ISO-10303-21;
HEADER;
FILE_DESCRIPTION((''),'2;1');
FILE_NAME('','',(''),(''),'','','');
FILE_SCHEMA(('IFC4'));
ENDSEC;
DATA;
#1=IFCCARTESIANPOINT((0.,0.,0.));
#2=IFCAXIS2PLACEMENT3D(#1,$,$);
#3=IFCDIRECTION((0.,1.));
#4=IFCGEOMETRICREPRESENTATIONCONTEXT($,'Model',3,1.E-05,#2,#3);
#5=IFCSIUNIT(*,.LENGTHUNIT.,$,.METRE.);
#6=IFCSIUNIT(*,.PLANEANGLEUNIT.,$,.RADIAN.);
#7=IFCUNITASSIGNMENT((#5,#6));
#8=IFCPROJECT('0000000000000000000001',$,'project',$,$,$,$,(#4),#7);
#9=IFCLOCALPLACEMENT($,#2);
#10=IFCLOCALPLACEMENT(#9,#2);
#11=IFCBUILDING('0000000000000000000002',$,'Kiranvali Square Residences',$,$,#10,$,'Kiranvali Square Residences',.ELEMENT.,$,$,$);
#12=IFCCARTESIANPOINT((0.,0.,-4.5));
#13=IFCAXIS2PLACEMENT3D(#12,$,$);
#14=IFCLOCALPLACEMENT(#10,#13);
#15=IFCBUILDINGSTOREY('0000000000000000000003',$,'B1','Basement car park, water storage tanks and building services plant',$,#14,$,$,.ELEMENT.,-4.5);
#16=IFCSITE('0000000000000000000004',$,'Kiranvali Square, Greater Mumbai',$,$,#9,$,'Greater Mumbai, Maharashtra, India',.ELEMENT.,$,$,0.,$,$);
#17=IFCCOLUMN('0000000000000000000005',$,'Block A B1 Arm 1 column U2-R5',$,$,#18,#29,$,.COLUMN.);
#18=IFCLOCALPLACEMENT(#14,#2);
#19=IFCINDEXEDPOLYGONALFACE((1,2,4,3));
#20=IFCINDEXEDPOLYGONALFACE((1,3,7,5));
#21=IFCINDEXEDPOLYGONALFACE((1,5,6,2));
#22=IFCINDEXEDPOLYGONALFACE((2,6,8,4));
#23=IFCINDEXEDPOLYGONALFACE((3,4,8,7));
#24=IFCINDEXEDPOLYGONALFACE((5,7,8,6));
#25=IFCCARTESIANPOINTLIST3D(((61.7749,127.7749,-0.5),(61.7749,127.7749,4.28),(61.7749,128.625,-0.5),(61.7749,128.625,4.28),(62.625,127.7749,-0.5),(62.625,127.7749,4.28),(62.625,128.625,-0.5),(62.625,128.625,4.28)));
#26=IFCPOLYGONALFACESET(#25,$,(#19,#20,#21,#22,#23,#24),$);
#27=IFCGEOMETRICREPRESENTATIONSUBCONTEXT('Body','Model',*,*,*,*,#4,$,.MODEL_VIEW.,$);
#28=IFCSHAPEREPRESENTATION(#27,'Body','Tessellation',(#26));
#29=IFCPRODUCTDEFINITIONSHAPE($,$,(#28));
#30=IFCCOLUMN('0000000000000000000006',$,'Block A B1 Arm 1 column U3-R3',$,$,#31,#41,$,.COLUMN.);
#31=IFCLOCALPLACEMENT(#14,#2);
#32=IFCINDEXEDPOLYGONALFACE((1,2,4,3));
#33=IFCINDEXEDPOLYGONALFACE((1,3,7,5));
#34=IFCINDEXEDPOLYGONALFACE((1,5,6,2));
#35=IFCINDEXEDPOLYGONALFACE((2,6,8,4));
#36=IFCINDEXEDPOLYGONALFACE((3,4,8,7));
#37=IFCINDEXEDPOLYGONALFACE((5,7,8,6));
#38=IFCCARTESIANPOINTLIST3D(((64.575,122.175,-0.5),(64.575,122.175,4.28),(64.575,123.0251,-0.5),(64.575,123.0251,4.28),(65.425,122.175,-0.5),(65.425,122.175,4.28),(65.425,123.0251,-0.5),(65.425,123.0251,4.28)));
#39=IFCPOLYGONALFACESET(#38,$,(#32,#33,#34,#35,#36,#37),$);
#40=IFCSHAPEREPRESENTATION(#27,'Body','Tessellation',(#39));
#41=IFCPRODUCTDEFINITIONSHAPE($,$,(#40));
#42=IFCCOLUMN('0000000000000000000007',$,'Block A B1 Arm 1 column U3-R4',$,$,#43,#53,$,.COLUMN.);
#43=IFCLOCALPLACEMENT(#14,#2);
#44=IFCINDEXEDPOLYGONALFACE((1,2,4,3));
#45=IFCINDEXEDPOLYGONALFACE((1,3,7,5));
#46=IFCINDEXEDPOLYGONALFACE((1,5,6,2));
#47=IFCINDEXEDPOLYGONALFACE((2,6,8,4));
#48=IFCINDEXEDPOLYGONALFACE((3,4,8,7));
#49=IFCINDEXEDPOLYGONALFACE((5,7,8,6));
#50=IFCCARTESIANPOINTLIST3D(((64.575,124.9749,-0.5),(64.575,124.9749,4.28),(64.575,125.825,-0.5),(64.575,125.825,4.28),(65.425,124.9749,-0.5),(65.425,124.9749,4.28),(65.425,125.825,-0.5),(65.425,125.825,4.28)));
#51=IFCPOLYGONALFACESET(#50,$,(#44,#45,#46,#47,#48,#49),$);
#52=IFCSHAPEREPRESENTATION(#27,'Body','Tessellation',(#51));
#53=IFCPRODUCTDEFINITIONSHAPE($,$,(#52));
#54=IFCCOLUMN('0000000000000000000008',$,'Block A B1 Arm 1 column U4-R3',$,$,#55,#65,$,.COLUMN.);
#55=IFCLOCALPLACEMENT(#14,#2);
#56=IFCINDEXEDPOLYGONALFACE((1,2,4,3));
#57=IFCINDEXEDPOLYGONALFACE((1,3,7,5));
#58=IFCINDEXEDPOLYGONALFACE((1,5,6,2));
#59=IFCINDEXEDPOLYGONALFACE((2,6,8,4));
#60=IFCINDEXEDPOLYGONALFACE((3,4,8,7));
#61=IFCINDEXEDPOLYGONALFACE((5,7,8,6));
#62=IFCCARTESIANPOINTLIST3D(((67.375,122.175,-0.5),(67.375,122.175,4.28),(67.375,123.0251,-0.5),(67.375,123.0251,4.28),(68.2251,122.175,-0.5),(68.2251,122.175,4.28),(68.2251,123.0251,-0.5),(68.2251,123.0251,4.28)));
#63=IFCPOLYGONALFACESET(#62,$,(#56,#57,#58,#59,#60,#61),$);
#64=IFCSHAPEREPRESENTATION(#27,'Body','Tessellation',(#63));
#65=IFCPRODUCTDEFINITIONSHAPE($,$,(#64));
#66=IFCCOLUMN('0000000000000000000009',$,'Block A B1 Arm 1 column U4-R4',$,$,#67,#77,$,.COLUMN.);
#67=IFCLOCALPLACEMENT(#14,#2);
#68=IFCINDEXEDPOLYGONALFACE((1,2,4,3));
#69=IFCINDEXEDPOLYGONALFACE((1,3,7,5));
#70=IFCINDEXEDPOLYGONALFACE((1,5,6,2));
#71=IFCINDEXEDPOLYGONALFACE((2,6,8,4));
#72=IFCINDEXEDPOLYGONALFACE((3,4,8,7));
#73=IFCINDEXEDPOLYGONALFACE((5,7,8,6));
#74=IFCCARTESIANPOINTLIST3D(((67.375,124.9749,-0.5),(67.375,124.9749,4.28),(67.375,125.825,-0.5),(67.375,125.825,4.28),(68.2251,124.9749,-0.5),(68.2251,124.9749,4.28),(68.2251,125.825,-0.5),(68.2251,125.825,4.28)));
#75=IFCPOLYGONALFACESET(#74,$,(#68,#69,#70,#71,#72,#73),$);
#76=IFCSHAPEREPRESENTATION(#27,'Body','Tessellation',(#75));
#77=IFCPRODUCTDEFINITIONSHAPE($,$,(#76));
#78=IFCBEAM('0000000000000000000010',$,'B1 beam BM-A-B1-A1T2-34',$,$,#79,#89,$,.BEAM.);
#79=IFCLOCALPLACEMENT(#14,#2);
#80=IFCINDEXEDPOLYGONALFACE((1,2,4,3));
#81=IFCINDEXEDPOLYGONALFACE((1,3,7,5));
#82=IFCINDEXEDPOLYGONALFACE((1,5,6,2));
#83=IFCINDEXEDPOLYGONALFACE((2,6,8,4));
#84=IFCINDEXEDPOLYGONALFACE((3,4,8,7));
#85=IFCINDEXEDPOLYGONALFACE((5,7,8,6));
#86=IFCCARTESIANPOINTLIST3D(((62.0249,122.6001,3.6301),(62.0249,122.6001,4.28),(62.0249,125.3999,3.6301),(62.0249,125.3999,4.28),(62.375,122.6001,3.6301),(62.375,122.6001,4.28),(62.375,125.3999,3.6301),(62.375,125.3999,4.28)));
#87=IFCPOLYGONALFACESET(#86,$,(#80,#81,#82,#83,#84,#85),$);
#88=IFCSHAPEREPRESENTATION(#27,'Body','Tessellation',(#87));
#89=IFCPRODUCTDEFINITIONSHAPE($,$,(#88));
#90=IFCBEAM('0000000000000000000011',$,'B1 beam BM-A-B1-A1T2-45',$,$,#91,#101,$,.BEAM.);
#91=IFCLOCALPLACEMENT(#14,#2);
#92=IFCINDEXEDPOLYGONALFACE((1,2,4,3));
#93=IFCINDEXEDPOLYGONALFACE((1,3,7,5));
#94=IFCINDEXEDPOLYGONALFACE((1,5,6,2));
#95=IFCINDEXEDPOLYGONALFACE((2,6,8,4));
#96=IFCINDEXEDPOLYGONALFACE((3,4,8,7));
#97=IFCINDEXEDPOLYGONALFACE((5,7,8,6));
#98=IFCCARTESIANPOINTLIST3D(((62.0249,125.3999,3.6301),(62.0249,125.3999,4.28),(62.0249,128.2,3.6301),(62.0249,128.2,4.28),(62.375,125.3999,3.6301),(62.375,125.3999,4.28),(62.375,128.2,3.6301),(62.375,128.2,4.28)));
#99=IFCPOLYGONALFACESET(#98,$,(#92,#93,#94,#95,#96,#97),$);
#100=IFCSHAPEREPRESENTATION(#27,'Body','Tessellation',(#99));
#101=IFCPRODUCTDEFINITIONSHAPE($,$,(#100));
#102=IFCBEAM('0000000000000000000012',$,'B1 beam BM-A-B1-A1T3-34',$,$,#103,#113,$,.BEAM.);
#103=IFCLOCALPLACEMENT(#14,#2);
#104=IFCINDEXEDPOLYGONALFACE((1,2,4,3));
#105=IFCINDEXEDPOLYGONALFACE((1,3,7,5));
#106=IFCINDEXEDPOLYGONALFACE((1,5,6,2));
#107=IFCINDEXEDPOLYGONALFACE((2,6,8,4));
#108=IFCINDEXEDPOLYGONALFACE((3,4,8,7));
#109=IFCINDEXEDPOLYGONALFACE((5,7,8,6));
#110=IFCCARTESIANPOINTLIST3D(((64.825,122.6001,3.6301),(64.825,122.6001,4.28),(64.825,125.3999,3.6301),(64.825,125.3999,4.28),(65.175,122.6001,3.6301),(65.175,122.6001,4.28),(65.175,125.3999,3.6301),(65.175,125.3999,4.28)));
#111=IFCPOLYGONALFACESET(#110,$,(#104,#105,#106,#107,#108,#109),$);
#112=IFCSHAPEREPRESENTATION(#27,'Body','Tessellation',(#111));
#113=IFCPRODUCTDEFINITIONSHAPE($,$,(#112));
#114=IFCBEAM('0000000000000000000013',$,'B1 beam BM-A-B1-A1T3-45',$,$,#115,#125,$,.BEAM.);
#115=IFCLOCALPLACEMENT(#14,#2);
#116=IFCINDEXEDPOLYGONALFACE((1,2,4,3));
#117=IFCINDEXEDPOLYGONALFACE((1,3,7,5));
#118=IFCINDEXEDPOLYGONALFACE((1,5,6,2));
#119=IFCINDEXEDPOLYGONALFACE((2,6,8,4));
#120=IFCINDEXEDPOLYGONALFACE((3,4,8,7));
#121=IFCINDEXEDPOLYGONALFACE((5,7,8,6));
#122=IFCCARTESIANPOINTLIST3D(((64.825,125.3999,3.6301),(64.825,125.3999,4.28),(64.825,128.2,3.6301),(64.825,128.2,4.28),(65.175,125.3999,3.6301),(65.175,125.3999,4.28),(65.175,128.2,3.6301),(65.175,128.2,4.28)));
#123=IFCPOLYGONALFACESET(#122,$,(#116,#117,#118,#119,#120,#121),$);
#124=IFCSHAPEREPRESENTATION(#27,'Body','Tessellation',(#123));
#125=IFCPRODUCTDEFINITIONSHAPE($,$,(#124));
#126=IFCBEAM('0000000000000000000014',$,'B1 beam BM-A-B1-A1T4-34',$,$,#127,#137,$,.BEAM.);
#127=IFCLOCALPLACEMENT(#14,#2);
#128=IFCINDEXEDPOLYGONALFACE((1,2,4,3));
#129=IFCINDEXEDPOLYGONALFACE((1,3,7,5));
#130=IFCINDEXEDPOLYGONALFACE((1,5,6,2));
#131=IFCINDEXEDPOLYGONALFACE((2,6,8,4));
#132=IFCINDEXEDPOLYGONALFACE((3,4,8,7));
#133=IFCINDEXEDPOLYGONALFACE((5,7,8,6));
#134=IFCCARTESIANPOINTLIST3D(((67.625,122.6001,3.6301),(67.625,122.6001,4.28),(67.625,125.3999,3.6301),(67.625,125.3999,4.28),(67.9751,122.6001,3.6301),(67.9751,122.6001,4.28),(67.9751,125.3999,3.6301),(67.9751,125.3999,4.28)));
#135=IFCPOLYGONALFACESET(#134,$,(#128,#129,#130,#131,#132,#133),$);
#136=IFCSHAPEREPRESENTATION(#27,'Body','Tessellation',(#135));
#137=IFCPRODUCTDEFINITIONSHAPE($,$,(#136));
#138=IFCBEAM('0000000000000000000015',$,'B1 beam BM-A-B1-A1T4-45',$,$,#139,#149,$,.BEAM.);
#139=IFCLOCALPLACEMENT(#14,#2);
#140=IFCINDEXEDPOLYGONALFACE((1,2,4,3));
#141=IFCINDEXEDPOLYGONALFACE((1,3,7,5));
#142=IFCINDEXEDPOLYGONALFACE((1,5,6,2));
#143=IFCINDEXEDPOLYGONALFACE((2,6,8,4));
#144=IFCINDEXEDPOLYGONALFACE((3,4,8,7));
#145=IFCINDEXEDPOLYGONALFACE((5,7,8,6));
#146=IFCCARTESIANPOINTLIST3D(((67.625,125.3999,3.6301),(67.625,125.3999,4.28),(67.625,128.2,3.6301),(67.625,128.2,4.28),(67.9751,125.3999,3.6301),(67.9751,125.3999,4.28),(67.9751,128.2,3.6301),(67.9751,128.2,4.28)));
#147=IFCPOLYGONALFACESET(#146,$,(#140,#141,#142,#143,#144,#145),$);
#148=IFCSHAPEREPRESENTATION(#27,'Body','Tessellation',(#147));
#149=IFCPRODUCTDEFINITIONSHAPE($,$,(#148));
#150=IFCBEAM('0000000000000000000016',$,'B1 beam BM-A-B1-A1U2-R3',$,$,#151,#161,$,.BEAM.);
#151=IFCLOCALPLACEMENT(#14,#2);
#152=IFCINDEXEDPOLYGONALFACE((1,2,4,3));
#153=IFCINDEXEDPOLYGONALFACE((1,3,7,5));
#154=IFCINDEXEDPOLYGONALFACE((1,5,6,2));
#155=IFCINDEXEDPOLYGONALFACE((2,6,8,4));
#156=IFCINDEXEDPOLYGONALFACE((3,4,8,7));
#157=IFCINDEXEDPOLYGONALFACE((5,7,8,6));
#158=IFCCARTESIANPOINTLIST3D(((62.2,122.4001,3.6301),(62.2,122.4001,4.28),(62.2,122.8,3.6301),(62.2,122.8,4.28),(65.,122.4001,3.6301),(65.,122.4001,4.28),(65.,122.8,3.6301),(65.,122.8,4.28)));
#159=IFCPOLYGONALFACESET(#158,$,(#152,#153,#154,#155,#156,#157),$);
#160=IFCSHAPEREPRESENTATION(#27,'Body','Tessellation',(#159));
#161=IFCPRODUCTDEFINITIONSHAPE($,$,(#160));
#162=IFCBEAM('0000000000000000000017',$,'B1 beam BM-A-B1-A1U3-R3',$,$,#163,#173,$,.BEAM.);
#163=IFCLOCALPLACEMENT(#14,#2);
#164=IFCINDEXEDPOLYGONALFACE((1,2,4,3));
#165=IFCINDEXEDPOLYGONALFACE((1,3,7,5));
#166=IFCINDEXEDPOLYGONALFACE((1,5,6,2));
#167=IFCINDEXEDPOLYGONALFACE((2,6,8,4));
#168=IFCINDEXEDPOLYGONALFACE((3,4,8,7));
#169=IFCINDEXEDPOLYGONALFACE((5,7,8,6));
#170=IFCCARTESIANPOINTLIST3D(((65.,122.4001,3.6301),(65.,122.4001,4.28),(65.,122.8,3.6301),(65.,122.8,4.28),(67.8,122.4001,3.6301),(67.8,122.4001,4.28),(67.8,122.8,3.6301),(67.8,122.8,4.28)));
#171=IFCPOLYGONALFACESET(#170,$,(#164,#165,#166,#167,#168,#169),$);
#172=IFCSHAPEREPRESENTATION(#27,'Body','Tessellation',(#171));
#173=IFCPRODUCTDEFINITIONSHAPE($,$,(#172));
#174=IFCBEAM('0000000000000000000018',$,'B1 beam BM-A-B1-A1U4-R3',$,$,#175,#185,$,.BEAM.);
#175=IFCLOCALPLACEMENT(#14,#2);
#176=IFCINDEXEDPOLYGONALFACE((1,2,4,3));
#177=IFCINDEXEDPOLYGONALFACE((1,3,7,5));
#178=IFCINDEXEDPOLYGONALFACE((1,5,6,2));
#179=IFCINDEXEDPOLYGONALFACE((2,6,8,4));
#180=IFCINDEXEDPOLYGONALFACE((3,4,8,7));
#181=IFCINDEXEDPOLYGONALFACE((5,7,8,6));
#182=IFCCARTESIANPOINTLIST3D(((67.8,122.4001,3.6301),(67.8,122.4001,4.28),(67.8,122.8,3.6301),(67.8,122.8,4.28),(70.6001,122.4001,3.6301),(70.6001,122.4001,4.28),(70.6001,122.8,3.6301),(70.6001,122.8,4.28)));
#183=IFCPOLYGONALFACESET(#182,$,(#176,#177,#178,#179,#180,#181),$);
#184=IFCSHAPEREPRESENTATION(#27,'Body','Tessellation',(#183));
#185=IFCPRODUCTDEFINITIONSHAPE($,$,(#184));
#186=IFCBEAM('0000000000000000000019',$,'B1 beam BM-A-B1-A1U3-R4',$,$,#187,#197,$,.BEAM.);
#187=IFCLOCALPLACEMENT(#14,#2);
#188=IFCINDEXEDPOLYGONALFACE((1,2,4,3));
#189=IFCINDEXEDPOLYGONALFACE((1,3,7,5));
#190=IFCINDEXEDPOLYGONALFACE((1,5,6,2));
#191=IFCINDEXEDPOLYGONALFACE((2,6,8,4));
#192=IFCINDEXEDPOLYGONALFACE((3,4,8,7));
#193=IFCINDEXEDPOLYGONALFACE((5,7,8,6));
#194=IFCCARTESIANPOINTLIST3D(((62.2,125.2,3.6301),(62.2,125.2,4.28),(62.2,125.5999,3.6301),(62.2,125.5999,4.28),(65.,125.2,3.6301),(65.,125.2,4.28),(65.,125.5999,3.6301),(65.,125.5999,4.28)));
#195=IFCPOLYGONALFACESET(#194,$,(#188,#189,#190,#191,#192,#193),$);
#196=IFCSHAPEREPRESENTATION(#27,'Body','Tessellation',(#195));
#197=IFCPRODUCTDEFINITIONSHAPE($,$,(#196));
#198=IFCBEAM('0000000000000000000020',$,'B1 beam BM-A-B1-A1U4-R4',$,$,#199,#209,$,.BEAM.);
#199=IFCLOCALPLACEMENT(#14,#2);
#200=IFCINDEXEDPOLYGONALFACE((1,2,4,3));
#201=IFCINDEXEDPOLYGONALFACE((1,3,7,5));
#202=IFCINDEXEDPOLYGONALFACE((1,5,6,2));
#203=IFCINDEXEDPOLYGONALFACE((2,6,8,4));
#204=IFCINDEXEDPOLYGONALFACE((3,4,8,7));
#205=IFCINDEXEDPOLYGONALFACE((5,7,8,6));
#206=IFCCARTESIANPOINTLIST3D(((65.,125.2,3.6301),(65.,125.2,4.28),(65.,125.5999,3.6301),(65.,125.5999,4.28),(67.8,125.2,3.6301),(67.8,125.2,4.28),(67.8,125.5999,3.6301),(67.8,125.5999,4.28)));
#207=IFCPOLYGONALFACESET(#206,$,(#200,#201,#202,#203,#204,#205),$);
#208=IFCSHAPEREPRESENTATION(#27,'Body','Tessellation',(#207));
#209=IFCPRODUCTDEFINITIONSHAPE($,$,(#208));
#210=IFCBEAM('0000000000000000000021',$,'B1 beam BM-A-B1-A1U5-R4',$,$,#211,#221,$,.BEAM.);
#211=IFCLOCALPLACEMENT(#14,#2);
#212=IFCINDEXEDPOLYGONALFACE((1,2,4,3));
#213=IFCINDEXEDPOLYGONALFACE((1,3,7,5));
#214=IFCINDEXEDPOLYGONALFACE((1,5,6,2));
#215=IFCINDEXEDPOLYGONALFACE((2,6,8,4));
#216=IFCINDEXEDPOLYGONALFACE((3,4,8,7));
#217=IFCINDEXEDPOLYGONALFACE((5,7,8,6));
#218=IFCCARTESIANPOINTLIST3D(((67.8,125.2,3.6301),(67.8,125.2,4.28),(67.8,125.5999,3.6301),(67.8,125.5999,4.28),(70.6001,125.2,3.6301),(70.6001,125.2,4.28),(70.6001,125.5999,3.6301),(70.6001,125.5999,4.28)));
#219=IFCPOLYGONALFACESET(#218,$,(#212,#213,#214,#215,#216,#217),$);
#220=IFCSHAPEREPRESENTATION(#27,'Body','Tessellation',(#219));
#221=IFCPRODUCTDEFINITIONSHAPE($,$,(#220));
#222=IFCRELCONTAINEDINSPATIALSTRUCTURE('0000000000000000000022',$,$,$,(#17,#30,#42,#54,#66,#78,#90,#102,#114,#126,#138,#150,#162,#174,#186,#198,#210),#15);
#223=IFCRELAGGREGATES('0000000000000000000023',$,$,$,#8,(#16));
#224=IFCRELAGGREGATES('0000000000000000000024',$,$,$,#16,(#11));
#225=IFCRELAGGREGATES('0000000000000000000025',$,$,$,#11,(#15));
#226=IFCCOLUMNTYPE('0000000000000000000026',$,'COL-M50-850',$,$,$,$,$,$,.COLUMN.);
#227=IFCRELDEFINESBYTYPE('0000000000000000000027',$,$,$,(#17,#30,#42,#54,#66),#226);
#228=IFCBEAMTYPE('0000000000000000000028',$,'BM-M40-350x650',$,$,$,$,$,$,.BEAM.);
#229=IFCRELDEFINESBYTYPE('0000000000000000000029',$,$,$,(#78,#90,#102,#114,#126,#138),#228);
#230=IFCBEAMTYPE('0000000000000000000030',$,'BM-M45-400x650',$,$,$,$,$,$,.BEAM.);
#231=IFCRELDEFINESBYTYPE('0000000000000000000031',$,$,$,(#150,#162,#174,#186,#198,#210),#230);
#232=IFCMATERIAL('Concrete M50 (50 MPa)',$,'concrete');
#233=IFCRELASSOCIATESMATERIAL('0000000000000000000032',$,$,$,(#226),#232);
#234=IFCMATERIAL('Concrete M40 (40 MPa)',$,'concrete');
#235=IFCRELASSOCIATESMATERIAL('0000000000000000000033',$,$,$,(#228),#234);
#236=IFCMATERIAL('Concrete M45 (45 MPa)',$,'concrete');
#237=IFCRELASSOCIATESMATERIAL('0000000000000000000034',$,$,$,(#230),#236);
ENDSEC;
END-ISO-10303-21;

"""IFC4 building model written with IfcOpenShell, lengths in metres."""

from ifc_helpers import new_model, si_unit, direction, frame, origin, origin_2d, place, context, subcontext, project, spatial, rectangle, extrude, material, material_profile, profile_set, type_object, element, save


model = new_model("IFC4")

# Units and contexts
model_context = context("Model", 3, precision=1e-05, world=origin(), true_north=direction((0.0, 1.0)))
body_context = subcontext(model_context, "Body", "Model", "MODEL_VIEW")
ifc_project = project(units=[si_unit("LENGTHUNIT", "METRE"), si_unit("PLANEANGLEUNIT", "RADIAN")], contexts=[model_context])

# Site, building, storey
site_placement = place(None, origin())
site = spatial("IfcSite", under=ifc_project, at=site_placement, Name="Kiranvali Square, Greater Mumbai", LongName="Greater Mumbai, Maharashtra, India", CompositionType="ELEMENT", RefElevation=0.0)
building_placement = place(site_placement, origin())
building = spatial("IfcBuilding", under=site, at=building_placement, Name="Kiranvali Square Residences", LongName="Kiranvali Square Residences", CompositionType="ELEMENT")
storey_placement = place(building_placement, frame((0.0, 0.0, -4.5)))
storey = spatial("IfcBuildingStorey", under=building, at=storey_placement, Name="B1", Description="Basement car park, water storage tanks and building services plant", CompositionType="ELEMENT", Elevation=-4.5)

# Shared definitions
ifc_material_1 = material(Name="Concrete M40 (40 MPa)", Category="concrete")

# Columns
ifc_material_2 = material(Name="Concrete M50 (50 MPa)", Category="concrete")
ifc_material_profile_1 = material_profile(ifc_material_2, rectangle(XDim=0.8501, YDim=0.8501, at=origin_2d()), Name="RC 850x850")
ifc_profile_set_1 = profile_set([ifc_material_profile_1], Name="Concrete M50 (50 MPa)")
column_type = type_object("IfcColumnType", Name="COL-M50-850", PredefinedType="COLUMN", material=ifc_profile_set_1)
for number, where, z_axis, x_axis, name in (
    (1, (62.2, 128.2, -0.5), (0.0, 0.0, 1.0), (1.0, 0.0, 0.0), "Block A B1 Arm 1 column U2-R5"),
    (2, (65.0, 122.6001, -0.5), (0.0, 0.0, 1.0), (1.0, 0.0, 0.0), "Block A B1 Arm 1 column U3-R3"),
    (3, (65.0, 125.3999, -0.5), (0.0, 0.0, 1.0), (1.0, 0.0, 0.0), "Block A B1 Arm 1 column U3-R4"),
    (4, (67.8, 122.6001, -0.5), (0.0, 0.0, 1.0), (1.0, 0.0, 0.0), "Block A B1 Arm 1 column U4-R3"),
    (5, (67.8, 125.3999, -0.5), (0.0, 0.0, 1.0), (1.0, 0.0, 0.0), "Block A B1 Arm 1 column U4-R4"),
):
    element("IfcColumn", number, at=place(storey_placement, frame(where, z_axis=z_axis, x_axis=x_axis)), inside=storey, type_object=column_type, Name=name, PredefinedType="COLUMN", context=body_context, shape_type="SweptSolid", body=[
        extrude(rectangle(XDim=0.8501, YDim=0.8501, at=origin_2d()), origin(), (0.0, 0.0, 1.0), 4.78),
    ])

# Beams
ifc_material_profile_2 = material_profile(ifc_material_1, rectangle(XDim=0.3501, YDim=0.6499, at=origin_2d()), Name="RC 350x650")
ifc_profile_set_2 = profile_set([ifc_material_profile_2], Name="Concrete M40 (40 MPa)")
beam_type_1 = type_object("IfcBeamType", Name="BM-M40-350x650", PredefinedType="BEAM", material=ifc_profile_set_2)
beam_1_placement = place(storey_placement, frame((62.2, 122.6001, 3.9551), z_axis=(0.0, 1.0, 0.0), x_axis=(-1.0, 0.0, 0.0)))
element("IfcBeam", 6, at=beam_1_placement, inside=storey, type_object=beam_type_1, Name="B1 beam BM-A-B1-A1T2-34", PredefinedType="BEAM", context=body_context, shape_type="SweptSolid", body=[
    extrude(rectangle(XDim=0.3501, YDim=0.6499, at=origin_2d()), origin(), (0.0, 0.0, 1.0), 2.7998),
])
beam_2_placement = place(storey_placement, frame((62.2, 125.3999, 3.9551), z_axis=(0.0, 1.0, 0.0), x_axis=(-1.0, 0.0, 0.0)))
element("IfcBeam", 7, at=beam_2_placement, inside=storey, type_object=beam_type_1, Name="B1 beam BM-A-B1-A1T2-45", PredefinedType="BEAM", context=body_context, shape_type="SweptSolid", body=[
    extrude(rectangle(XDim=0.3501, YDim=0.6499, at=origin_2d()), origin(), (0.0, 0.0, 1.0), 2.8),
])
beam_3_placement = place(storey_placement, frame((65.0, 122.6001, 3.9551), z_axis=(0.0, 1.0, 0.0), x_axis=(-1.0, 0.0, 0.0)))
element("IfcBeam", 8, at=beam_3_placement, inside=storey, type_object=beam_type_1, Name="B1 beam BM-A-B1-A1T3-34", PredefinedType="BEAM", context=body_context, shape_type="SweptSolid", body=[
    extrude(rectangle(XDim=0.3501, YDim=0.6499, at=origin_2d()), origin(), (0.0, 0.0, 1.0), 2.7998),
])
beam_4_placement = place(storey_placement, frame((65.0, 125.3999, 3.9551), z_axis=(0.0, 1.0, 0.0), x_axis=(-1.0, 0.0, 0.0)))
element("IfcBeam", 9, at=beam_4_placement, inside=storey, type_object=beam_type_1, Name="B1 beam BM-A-B1-A1T3-45", PredefinedType="BEAM", context=body_context, shape_type="SweptSolid", body=[
    extrude(rectangle(XDim=0.3501, YDim=0.6499, at=origin_2d()), origin(), (0.0, 0.0, 1.0), 2.8),
])
beam_5_placement = place(storey_placement, frame((67.8, 122.6001, 3.9551), z_axis=(0.0, 1.0, 0.0), x_axis=(-1.0, 0.0, 0.0)))
element("IfcBeam", 10, at=beam_5_placement, inside=storey, type_object=beam_type_1, Name="B1 beam BM-A-B1-A1T4-34", PredefinedType="BEAM", context=body_context, shape_type="SweptSolid", body=[
    extrude(rectangle(XDim=0.3501, YDim=0.6499, at=origin_2d()), origin(), (0.0, 0.0, 1.0), 2.7998),
])
beam_6_placement = place(storey_placement, frame((67.8, 125.3999, 3.9551), z_axis=(0.0, 1.0, 0.0), x_axis=(-1.0, 0.0, 0.0)))
element("IfcBeam", 11, at=beam_6_placement, inside=storey, type_object=beam_type_1, Name="B1 beam BM-A-B1-A1T4-45", PredefinedType="BEAM", context=body_context, shape_type="SweptSolid", body=[
    extrude(rectangle(XDim=0.3501, YDim=0.6499, at=origin_2d()), origin(), (0.0, 0.0, 1.0), 2.8),
])
ifc_material_3 = material(Name="Concrete M45 (45 MPa)", Category="concrete")
ifc_material_profile_3 = material_profile(ifc_material_3, rectangle(XDim=0.3999, YDim=0.6499, at=origin_2d()), Name="RC 400x650")
ifc_profile_set_3 = profile_set([ifc_material_profile_3], Name="Concrete M45 (45 MPa)")
beam_type_2 = type_object("IfcBeamType", Name="BM-M45-400x650", PredefinedType="BEAM", material=ifc_profile_set_3)
for number, where, z_axis, x_axis, name in (
    (12, (62.2, 122.6001, 3.9551), (1.0, 0.0, 0.0), (0.0, 1.0, 0.0), "B1 beam BM-A-B1-A1U2-R3"),
    (13, (65.0, 122.6001, 3.9551), (1.0, 0.0, 0.0), (0.0, 1.0, 0.0), "B1 beam BM-A-B1-A1U3-R3"),
    (14, (67.8, 122.6001, 3.9551), (1.0, 0.0, 0.0), (0.0, 1.0, 0.0), "B1 beam BM-A-B1-A1U4-R3"),
    (15, (62.2, 125.3999, 3.9551), (1.0, 0.0, 0.0), (0.0, 1.0, 0.0), "B1 beam BM-A-B1-A1U3-R4"),
    (16, (65.0, 125.3999, 3.9551), (1.0, 0.0, 0.0), (0.0, 1.0, 0.0), "B1 beam BM-A-B1-A1U4-R4"),
    (17, (67.8, 125.3999, 3.9551), (1.0, 0.0, 0.0), (0.0, 1.0, 0.0), "B1 beam BM-A-B1-A1U5-R4"),
):
    element("IfcBeam", number, at=place(storey_placement, frame(where, z_axis=z_axis, x_axis=x_axis)), inside=storey, type_object=beam_type_2, Name=name, PredefinedType="BEAM", context=body_context, shape_type="SweptSolid", body=[
        extrude(rectangle(XDim=0.3999, YDim=0.6499, at=origin_2d()), origin(), (0.0, 0.0, 1.0), 2.8),
    ])

save(model, "model.ifc")
